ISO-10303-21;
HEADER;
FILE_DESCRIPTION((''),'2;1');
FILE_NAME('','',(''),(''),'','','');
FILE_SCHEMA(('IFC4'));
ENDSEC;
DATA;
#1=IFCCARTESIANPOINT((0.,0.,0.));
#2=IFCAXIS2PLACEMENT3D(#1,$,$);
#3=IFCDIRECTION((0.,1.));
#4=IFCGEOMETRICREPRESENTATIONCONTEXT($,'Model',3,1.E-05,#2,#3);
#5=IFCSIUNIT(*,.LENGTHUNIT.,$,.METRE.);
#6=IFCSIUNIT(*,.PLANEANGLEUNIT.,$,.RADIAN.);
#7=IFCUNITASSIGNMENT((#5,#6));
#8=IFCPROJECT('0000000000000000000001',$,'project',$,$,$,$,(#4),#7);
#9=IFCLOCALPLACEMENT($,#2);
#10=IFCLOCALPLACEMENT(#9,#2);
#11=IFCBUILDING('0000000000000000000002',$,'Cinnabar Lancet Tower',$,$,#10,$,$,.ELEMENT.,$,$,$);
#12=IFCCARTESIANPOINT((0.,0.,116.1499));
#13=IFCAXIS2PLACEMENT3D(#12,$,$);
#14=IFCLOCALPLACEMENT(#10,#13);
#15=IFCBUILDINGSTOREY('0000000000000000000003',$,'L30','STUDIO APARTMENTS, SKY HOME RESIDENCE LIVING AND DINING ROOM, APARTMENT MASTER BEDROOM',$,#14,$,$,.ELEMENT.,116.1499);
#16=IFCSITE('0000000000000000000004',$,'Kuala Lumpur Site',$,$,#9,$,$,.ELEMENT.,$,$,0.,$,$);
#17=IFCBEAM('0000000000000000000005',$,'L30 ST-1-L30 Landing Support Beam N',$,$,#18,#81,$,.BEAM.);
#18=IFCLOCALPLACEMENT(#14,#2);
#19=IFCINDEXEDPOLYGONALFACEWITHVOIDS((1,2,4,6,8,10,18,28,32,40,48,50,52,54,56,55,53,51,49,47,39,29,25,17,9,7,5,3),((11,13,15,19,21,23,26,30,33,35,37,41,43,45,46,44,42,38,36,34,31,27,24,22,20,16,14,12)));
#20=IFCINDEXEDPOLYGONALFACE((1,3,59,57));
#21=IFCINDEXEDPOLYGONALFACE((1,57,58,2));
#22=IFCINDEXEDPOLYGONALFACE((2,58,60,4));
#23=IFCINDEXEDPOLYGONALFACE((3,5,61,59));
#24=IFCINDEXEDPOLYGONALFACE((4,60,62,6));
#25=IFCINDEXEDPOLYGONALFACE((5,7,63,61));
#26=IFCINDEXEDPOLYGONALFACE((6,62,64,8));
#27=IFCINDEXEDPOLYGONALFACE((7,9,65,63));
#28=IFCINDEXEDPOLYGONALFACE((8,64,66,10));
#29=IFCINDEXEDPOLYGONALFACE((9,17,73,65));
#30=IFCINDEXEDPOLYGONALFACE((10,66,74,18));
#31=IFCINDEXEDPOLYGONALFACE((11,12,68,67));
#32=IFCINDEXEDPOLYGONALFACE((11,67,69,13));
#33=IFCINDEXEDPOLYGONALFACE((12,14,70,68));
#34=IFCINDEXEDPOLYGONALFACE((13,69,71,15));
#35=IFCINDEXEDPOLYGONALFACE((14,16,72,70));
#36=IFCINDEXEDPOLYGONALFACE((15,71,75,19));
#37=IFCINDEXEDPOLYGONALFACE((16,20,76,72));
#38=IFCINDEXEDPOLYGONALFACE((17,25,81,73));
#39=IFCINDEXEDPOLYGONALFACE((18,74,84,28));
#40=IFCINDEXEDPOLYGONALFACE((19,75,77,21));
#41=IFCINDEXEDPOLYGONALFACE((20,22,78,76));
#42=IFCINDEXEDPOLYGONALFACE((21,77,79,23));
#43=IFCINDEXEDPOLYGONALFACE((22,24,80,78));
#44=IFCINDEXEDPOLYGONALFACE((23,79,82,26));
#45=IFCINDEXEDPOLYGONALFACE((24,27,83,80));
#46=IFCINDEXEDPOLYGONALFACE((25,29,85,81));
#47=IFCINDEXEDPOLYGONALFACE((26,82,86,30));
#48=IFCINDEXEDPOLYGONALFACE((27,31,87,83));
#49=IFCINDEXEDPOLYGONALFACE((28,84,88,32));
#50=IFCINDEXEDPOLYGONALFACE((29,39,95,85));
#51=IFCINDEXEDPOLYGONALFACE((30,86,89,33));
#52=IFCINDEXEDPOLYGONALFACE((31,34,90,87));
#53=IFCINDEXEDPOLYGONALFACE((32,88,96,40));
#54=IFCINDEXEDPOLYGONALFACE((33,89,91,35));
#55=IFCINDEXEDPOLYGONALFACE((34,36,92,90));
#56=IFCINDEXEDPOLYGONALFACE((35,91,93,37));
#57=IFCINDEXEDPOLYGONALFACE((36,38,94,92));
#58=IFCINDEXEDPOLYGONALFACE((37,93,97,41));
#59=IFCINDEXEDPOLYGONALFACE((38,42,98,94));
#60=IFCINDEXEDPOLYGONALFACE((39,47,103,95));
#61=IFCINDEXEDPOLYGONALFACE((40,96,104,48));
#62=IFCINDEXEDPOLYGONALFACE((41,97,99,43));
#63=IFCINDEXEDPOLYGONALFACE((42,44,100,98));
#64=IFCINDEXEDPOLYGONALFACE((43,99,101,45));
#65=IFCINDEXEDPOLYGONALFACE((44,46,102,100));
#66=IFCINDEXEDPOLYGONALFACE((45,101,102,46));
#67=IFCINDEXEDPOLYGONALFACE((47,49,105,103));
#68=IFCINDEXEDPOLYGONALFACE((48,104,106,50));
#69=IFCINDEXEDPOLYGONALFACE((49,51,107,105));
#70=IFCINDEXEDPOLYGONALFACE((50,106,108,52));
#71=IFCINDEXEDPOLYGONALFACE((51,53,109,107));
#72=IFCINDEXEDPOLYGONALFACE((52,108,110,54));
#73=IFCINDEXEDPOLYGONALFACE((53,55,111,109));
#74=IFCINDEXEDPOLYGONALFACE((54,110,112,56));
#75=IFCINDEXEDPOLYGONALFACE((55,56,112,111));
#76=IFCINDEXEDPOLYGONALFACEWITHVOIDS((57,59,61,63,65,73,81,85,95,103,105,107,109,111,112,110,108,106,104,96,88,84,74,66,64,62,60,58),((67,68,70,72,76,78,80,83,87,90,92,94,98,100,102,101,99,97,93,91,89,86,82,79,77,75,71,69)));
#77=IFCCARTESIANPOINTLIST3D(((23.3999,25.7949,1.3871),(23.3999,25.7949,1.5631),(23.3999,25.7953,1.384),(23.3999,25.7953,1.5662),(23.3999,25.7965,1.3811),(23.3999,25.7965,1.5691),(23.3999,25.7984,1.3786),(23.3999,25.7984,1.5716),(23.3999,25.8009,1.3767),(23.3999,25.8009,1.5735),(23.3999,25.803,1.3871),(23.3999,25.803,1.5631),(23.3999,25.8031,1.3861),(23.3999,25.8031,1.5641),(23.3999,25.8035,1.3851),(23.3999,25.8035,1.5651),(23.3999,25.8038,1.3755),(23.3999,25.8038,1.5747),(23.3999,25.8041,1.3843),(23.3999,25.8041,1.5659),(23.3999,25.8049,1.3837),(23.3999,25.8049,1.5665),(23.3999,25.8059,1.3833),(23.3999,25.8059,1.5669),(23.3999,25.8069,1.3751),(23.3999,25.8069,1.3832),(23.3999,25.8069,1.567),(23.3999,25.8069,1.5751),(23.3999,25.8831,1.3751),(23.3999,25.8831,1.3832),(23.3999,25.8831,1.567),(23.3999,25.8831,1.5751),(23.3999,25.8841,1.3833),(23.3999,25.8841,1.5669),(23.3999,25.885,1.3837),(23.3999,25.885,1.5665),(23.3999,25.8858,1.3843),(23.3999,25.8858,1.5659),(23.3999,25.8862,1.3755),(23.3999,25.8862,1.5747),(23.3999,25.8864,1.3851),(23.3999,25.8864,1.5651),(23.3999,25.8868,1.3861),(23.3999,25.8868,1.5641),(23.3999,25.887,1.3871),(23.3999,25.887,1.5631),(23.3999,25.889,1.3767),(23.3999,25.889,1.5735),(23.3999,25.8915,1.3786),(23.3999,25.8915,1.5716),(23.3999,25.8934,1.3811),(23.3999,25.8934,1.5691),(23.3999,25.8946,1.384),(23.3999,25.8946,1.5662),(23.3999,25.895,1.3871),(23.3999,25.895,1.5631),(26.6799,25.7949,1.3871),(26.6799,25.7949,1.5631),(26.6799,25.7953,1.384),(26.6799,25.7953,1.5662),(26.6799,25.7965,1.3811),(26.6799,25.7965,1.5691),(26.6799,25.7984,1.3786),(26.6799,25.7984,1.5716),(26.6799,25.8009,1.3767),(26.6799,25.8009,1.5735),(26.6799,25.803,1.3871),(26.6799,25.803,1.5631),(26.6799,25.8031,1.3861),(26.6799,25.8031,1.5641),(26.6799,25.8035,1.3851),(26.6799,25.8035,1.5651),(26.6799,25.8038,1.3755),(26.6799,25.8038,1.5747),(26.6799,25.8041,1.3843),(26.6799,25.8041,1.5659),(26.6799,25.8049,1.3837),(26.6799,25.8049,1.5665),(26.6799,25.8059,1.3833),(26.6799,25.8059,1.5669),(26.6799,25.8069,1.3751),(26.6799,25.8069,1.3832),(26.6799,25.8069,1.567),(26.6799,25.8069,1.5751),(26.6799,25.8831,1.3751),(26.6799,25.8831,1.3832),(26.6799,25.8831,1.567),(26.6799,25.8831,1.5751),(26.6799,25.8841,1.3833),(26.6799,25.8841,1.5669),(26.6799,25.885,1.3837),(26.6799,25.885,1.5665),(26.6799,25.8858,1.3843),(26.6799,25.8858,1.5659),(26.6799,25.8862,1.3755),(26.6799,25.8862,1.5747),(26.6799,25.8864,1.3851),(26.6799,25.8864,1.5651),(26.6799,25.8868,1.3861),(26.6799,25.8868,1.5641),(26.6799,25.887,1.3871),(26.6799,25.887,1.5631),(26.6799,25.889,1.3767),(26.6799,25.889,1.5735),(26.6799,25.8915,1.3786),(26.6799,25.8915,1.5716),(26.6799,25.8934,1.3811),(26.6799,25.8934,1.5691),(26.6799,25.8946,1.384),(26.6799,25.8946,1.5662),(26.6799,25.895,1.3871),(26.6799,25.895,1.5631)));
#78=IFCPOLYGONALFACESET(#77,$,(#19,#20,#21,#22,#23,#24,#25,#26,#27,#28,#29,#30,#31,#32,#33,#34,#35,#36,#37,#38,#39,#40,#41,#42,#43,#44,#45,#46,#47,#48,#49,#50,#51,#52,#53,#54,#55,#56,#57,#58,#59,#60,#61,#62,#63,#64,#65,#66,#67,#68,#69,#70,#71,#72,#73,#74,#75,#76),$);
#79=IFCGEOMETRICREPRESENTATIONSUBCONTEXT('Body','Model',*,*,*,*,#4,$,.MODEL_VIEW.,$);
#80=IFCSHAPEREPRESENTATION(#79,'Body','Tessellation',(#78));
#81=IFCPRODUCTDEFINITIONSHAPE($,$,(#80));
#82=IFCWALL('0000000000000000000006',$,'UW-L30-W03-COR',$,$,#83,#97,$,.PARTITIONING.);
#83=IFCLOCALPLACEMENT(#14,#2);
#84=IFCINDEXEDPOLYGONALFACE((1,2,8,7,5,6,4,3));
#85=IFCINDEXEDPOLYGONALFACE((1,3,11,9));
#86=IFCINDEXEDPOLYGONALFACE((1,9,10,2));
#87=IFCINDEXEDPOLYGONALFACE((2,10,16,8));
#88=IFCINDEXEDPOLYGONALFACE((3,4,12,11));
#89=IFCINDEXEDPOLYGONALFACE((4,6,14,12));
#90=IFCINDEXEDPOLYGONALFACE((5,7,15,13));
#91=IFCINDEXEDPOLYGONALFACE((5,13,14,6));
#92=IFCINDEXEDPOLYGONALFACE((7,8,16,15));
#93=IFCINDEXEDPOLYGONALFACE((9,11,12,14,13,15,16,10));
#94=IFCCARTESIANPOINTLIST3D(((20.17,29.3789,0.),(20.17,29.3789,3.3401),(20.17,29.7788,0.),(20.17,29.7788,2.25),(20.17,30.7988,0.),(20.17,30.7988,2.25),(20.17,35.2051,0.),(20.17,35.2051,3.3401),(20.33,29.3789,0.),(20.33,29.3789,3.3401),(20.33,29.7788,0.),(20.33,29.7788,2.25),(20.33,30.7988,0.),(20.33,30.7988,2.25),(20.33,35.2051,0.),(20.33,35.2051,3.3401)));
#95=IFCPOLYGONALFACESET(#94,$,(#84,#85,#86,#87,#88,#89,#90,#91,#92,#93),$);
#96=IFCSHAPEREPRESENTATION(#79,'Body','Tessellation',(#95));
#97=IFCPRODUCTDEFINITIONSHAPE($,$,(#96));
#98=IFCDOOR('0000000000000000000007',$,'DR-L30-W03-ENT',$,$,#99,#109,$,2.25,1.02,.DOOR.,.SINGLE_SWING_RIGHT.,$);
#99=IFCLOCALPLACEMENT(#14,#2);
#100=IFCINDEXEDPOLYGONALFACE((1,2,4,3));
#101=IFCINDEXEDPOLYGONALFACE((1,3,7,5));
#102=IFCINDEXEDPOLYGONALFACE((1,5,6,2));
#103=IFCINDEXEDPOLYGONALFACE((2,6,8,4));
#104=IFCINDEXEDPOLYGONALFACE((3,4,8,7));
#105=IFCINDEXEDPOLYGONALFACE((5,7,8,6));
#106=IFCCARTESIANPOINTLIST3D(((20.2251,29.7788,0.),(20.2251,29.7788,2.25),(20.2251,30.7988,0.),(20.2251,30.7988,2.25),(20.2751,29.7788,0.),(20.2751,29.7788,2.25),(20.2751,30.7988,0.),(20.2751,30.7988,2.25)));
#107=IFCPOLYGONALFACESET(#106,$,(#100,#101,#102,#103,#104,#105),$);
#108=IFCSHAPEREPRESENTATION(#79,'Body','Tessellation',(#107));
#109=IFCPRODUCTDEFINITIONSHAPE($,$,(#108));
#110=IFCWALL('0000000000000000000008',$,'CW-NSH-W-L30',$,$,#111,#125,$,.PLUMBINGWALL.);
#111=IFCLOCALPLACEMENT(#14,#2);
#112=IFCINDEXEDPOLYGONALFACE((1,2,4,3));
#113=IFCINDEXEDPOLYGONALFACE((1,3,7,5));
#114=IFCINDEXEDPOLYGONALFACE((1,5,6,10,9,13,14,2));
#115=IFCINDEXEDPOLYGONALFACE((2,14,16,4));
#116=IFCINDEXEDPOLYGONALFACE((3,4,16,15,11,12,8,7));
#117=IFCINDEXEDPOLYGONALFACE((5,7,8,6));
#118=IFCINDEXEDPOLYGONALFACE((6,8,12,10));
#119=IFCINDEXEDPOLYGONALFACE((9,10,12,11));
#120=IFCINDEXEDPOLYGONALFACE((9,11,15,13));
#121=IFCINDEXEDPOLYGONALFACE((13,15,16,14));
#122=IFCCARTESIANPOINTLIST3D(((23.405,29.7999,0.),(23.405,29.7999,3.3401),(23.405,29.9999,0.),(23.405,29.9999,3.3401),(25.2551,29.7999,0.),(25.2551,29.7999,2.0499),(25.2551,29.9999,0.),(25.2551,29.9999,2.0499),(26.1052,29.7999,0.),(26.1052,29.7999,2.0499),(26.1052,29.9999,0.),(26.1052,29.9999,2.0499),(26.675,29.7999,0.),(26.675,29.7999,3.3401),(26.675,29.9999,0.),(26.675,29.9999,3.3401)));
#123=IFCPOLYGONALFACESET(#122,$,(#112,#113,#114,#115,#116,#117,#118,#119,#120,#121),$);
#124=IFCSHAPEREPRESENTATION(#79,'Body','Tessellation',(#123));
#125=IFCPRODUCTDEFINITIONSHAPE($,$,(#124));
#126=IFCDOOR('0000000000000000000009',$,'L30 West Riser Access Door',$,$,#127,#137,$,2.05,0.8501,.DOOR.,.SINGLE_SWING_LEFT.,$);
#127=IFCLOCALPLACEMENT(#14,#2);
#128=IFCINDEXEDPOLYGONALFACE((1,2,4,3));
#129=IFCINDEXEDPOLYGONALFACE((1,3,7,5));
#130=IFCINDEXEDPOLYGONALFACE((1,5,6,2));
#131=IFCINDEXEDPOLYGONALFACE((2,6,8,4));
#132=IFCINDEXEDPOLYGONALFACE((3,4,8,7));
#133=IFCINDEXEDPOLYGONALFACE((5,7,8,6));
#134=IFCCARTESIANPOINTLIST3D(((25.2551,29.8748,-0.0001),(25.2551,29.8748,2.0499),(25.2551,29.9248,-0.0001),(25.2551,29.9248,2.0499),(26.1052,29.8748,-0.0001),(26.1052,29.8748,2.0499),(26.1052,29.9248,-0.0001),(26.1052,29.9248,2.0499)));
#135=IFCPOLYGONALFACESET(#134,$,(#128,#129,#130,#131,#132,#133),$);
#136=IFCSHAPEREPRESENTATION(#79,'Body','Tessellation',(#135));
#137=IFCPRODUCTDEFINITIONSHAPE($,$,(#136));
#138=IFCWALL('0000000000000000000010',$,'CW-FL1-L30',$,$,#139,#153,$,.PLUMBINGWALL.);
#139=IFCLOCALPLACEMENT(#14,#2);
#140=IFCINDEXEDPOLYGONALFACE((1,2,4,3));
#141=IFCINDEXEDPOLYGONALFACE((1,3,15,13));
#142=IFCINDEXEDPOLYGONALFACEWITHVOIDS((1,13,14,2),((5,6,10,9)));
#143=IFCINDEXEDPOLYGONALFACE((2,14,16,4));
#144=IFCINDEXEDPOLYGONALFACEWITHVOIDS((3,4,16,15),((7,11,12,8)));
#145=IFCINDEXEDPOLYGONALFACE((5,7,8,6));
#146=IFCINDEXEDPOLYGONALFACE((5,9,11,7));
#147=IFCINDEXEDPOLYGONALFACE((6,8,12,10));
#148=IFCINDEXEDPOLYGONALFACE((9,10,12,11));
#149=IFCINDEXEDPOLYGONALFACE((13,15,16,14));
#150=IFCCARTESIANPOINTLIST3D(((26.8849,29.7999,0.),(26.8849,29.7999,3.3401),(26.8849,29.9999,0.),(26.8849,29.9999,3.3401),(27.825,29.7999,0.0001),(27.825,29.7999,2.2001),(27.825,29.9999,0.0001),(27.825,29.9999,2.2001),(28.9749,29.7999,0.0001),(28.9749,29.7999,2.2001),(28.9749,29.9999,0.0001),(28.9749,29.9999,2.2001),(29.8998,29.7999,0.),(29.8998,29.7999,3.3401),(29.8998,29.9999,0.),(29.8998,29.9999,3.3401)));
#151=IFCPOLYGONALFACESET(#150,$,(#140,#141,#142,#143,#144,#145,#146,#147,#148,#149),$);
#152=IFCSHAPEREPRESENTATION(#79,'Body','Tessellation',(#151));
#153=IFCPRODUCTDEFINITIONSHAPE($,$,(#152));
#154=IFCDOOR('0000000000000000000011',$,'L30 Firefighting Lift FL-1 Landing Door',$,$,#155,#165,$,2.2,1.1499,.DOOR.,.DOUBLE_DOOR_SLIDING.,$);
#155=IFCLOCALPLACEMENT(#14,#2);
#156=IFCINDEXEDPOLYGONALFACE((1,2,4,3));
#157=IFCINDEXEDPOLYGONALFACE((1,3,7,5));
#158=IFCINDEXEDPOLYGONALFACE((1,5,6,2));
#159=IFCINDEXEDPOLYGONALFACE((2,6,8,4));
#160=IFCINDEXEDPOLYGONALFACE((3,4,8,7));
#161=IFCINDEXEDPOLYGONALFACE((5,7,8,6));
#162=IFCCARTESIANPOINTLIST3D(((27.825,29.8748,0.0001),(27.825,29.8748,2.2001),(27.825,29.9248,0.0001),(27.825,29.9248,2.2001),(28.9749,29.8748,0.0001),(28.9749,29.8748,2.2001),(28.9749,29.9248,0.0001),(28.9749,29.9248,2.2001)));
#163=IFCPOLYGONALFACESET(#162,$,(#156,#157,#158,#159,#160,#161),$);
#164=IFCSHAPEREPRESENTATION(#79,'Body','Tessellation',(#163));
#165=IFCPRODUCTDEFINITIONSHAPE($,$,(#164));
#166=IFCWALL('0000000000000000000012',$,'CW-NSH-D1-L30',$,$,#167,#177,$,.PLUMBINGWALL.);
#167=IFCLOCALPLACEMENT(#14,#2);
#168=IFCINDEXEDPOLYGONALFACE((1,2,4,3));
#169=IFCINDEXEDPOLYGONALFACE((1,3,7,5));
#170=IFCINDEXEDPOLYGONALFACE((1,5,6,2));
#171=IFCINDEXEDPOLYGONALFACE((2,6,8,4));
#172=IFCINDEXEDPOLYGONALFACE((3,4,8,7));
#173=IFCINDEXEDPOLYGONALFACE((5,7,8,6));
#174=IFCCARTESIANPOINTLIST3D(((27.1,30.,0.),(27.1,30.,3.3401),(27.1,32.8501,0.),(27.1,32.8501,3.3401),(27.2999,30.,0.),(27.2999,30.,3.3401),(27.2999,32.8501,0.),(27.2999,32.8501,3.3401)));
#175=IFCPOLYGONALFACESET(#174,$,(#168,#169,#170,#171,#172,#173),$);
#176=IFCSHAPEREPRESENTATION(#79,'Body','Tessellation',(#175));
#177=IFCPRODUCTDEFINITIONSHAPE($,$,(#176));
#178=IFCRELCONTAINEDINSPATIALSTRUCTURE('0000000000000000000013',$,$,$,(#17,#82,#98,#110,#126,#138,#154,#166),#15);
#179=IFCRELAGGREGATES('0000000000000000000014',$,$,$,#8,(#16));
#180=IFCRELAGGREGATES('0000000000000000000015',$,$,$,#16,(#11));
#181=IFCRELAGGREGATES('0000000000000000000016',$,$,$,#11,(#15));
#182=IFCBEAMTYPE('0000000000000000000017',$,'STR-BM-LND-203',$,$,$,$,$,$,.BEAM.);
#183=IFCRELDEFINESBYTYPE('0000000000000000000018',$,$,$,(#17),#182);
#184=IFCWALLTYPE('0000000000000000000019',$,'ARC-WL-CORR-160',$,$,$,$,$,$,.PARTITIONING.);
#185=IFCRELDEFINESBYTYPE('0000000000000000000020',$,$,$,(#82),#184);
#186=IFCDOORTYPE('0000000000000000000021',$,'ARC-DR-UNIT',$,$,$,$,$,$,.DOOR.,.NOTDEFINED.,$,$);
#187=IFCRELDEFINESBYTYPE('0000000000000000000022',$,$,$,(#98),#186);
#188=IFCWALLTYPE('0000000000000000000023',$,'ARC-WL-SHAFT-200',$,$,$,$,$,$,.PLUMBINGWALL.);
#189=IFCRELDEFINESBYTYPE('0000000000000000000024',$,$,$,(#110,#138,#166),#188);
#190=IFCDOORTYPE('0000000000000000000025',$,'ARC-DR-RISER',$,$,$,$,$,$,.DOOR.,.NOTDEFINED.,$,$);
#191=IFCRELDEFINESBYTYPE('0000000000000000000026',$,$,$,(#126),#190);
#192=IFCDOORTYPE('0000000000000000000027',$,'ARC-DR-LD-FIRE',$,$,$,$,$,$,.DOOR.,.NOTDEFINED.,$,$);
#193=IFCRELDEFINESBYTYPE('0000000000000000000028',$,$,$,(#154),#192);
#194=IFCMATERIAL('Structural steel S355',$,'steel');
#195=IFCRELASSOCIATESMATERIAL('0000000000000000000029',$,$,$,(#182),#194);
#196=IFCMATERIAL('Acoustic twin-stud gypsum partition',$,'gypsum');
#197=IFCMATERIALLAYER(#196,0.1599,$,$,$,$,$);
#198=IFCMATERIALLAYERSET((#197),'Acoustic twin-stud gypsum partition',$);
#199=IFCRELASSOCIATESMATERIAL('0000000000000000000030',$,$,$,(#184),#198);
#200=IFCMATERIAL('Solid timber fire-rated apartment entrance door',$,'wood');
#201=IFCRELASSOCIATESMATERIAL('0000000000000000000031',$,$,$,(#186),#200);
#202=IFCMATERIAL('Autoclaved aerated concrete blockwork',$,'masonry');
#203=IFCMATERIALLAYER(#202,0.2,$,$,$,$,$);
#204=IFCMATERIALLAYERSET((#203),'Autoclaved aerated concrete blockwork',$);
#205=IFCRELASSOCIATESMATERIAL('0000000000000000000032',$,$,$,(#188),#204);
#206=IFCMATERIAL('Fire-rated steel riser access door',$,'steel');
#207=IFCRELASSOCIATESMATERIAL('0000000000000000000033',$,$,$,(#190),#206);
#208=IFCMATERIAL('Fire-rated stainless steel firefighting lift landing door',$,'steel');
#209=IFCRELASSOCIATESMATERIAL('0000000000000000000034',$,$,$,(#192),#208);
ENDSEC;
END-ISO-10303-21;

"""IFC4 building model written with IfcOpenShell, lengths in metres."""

from ifc_helpers import new_model, si_unit, direction, frame, frame_2d, origin, origin_2d, place, context, subcontext, project, spatial, rectangle, hollow_rectangle, extrude, material, layer, layer_set, material_profile, profile_set, type_object, element, fill, save


model = new_model("IFC4")

# Units and contexts
model_context = context("Model", 3, precision=1e-05, world=origin(), true_north=direction((0.0, 1.0)))
body_context = subcontext(model_context, "Body", "Model", "MODEL_VIEW")
ifc_project = project(units=[si_unit("LENGTHUNIT", "METRE"), si_unit("PLANEANGLEUNIT", "RADIAN")], contexts=[model_context])

# Site, building, storey
site_placement = place(None, origin())
site = spatial("IfcSite", under=ifc_project, at=site_placement, Name="Kuala Lumpur Site", CompositionType="ELEMENT", RefElevation=0.0)
building_placement = place(site_placement, origin())
building = spatial("IfcBuilding", under=site, at=building_placement, Name="Cinnabar Lancet Tower", CompositionType="ELEMENT")
storey_placement = place(building_placement, frame((0.0, 0.0, 116.1499)))
storey = spatial("IfcBuildingStorey", under=building, at=storey_placement, Name="L30", Description="STUDIO APARTMENTS, SKY HOME RESIDENCE LIVING AND DINING ROOM, APARTMENT MASTER BEDROOM", CompositionType="ELEMENT", Elevation=116.1499)

# Beam
ifc_material_1 = material(Name="Structural steel S355", Category="steel")
ifc_material_profile_1 = material_profile(ifc_material_1, hollow_rectangle(XDim=0.1001, YDim=0.2, WallThickness=0.0081, InnerFilletRadius=0.0039, OuterFilletRadius=0.012, at=origin_2d()), Name="RHS 200x100x8")
ifc_profile_set_1 = profile_set([ifc_material_profile_1], Name="Structural steel S355")
beam_type_1 = type_object("IfcBeamType", Name="STR-BM-LND-203", PredefinedType="BEAM", material=ifc_profile_set_1)
beam_1_placement = place(storey_placement, frame((23.3999, 25.845, 1.4751), z_axis=(1.0, 0.0, 0.0), x_axis=(0.0, 1.0, 0.0)))
element("IfcBeam", 1, at=beam_1_placement, inside=storey, type_object=beam_type_1, Name="L30 ST-1-L30 Landing Support Beam N", PredefinedType="BEAM", context=body_context, shape_type="SweptSolid", body=[
    extrude(hollow_rectangle(XDim=0.1001, YDim=0.2, WallThickness=0.0081, InnerFilletRadius=0.0039, OuterFilletRadius=0.012, at=origin_2d()), origin(), (0.0, 0.0, 1.0), 3.28),
])

# Walls, openings, doors
ifc_material_2 = material(Name="Acoustic twin-stud gypsum partition", Category="gypsum")
ifc_layer_1 = layer(ifc_material_2, 0.1599)
ifc_layer_set_1 = layer_set([ifc_layer_1], Name="Acoustic twin-stud gypsum partition")
wall_type_1 = type_object("IfcWallType", Name="ARC-WL-CORR-160", PredefinedType="PARTITIONING", material=ifc_layer_set_1)
wall_1_placement = place(storey_placement, frame((20.25, 29.3789, 0.0), z_axis=(0.0, 0.0, 1.0), x_axis=(0.0, 1.0, 0.0)))
wall_1 = element("IfcWall", 2, at=wall_1_placement, inside=storey, type_object=wall_type_1, Name="UW-L30-W03-COR", PredefinedType="PARTITIONING", context=body_context, shape_type="SweptSolid", body=[
    extrude(rectangle(XDim=5.8262, YDim=0.1599, at=frame_2d((2.9131, 0.0))), origin(), (0.0, 0.0, 1.0), 3.3401),
])
opening_1_placement = place(wall_1_placement, frame((0.3999, 0.0, 0.0)))
opening_1 = element("IfcOpeningElement", 3, at=opening_1_placement, cuts=wall_1, PredefinedType="OPENING", context=body_context, shape_type="SweptSolid", body=[
    extrude(rectangle(XDim=1.02, YDim=2.25, at=frame_2d((0.51, 1.125))), frame((0.0, 0.0898, 0.0), z_axis=(0.0, -1.0, 0.0), x_axis=(1.0, 0.0, 0.0)), (0.0, 0.0, 1.0), 0.1799),
])
ifc_material_3 = material(Name="Solid timber fire-rated apartment entrance door", Category="wood")
door_type_1 = type_object("IfcDoorType", Name="ARC-DR-UNIT", OperationType="NOTDEFINED", PredefinedType="DOOR", material=ifc_material_3)
door_1_placement = place(opening_1_placement, origin())
door_1 = element("IfcDoor", 4, at=door_1_placement, inside=storey, type_object=door_type_1, Name="DR-L30-W03-ENT", OperationType="SINGLE_SWING_RIGHT", OverallHeight=2.25, OverallWidth=1.02, PredefinedType="DOOR", context=body_context, shape_type="SweptSolid", body=[
    extrude(rectangle(XDim=1.02, YDim=2.25, at=frame_2d((0.51, 1.125))), frame((0.0, 0.0249, 0.0), z_axis=(0.0, -1.0, 0.0), x_axis=(1.0, 0.0, 0.0)), (0.0, 0.0, 1.0), 0.05),
])
fill(opening_1, door_1)
ifc_material_4 = material(Name="Autoclaved aerated concrete blockwork", Category="masonry")
ifc_layer_2 = layer(ifc_material_4, 0.2)
ifc_layer_set_2 = layer_set([ifc_layer_2], Name="Autoclaved aerated concrete blockwork")
wall_type_2 = type_object("IfcWallType", Name="ARC-WL-SHAFT-200", PredefinedType="PLUMBINGWALL", material=ifc_layer_set_2)
wall_2_placement = place(storey_placement, frame((23.405, 29.8999, 0.0), z_axis=(0.0, 0.0, 1.0), x_axis=(1.0, 0.0, 0.0)))
wall_2 = element("IfcWall", 5, at=wall_2_placement, inside=storey, type_object=wall_type_2, Name="CW-NSH-W-L30", PredefinedType="PLUMBINGWALL", context=body_context, shape_type="SweptSolid", body=[
    extrude(rectangle(XDim=3.27, YDim=0.2, at=frame_2d((1.635, 0.0))), origin(), (0.0, 0.0, 1.0), 3.3401),
])
opening_2_placement = place(wall_2_placement, frame((1.8501, 0.0, 0.0)))
opening_2 = element("IfcOpeningElement", 6, at=opening_2_placement, cuts=wall_2, PredefinedType="OPENING", context=body_context, shape_type="SweptSolid", body=[
    extrude(rectangle(XDim=0.8501, YDim=2.05, at=frame_2d((0.425, 1.0249))), frame((0.0, 0.1099, 0.0), z_axis=(0.0, -1.0, 0.0), x_axis=(1.0, 0.0, 0.0)), (0.0, 0.0, 1.0), 0.22),
])
ifc_material_5 = material(Name="Fire-rated steel riser access door", Category="steel")
door_type_2 = type_object("IfcDoorType", Name="ARC-DR-RISER", OperationType="NOTDEFINED", PredefinedType="DOOR", material=ifc_material_5)
door_2_placement = place(opening_2_placement, origin())
door_2 = element("IfcDoor", 7, at=door_2_placement, inside=storey, type_object=door_type_2, Name="L30 West Riser Access Door", OperationType="SINGLE_SWING_LEFT", OverallHeight=2.05, OverallWidth=0.8501, PredefinedType="DOOR", context=body_context, shape_type="SweptSolid", body=[
    extrude(rectangle(XDim=0.8501, YDim=2.05, at=frame_2d((0.425, 1.0249))), frame((0.0, 0.0249, 0.0), z_axis=(0.0, -1.0, 0.0), x_axis=(1.0, 0.0, 0.0)), (0.0, 0.0, 1.0), 0.05),
])
fill(opening_2, door_2)
wall_3_placement = place(storey_placement, frame((26.885, 29.8999, 0.0), z_axis=(0.0, 0.0, 1.0), x_axis=(1.0, 0.0, 0.0)))
wall_3 = element("IfcWall", 8, at=wall_3_placement, inside=storey, type_object=wall_type_2, Name="CW-FL1-L30", PredefinedType="PLUMBINGWALL", context=body_context, shape_type="SweptSolid", body=[
    extrude(rectangle(XDim=3.0149, YDim=0.2, at=frame_2d((1.5073, 0.0))), origin(), (0.0, 0.0, 1.0), 3.3401),
])
opening_3_placement = place(wall_3_placement, frame((0.9399, 0.0, 0.0)))
opening_3 = element("IfcOpeningElement", 9, at=opening_3_placement, cuts=wall_3, PredefinedType="OPENING", context=body_context, shape_type="SweptSolid", body=[
    extrude(rectangle(XDim=1.1499, YDim=2.2, at=frame_2d((0.575, 1.1001))), frame((0.0, 0.1099, 0.0), z_axis=(0.0, -1.0, 0.0), x_axis=(1.0, 0.0, 0.0)), (0.0, 0.0, 1.0), 0.22),
])
ifc_material_6 = material(Name="Fire-rated stainless steel firefighting lift landing door", Category="steel")
door_type_3 = type_object("IfcDoorType", Name="ARC-DR-LD-FIRE", OperationType="NOTDEFINED", PredefinedType="DOOR", material=ifc_material_6)
door_3_placement = place(opening_3_placement, origin())
door_3 = element("IfcDoor", 10, at=door_3_placement, inside=storey, type_object=door_type_3, Name="L30 Firefighting Lift FL-1 Landing Door", OperationType="DOUBLE_DOOR_SLIDING", OverallHeight=2.2, OverallWidth=1.1499, PredefinedType="DOOR", context=body_context, shape_type="SweptSolid", body=[
    extrude(rectangle(XDim=1.1499, YDim=2.2, at=frame_2d((0.575, 1.1001))), frame((0.0, 0.0249, 0.0), z_axis=(0.0, -1.0, 0.0), x_axis=(1.0, 0.0, 0.0)), (0.0, 0.0, 1.0), 0.05),
])
fill(opening_3, door_3)

# Wall
wall_4_placement = place(storey_placement, frame((27.2, 30.0, 0.0), z_axis=(0.0, 0.0, 1.0), x_axis=(0.0, 1.0, 0.0)))
element("IfcWall", 11, at=wall_4_placement, inside=storey, type_object=wall_type_2, Name="CW-NSH-D1-L30", PredefinedType="PLUMBINGWALL", context=body_context, shape_type="SweptSolid", body=[
    extrude(rectangle(XDim=2.8501, YDim=0.2, at=frame_2d((1.425, 0.0))), origin(), (0.0, 0.0, 1.0), 3.3401),
])

save(model, "model.ifc")
